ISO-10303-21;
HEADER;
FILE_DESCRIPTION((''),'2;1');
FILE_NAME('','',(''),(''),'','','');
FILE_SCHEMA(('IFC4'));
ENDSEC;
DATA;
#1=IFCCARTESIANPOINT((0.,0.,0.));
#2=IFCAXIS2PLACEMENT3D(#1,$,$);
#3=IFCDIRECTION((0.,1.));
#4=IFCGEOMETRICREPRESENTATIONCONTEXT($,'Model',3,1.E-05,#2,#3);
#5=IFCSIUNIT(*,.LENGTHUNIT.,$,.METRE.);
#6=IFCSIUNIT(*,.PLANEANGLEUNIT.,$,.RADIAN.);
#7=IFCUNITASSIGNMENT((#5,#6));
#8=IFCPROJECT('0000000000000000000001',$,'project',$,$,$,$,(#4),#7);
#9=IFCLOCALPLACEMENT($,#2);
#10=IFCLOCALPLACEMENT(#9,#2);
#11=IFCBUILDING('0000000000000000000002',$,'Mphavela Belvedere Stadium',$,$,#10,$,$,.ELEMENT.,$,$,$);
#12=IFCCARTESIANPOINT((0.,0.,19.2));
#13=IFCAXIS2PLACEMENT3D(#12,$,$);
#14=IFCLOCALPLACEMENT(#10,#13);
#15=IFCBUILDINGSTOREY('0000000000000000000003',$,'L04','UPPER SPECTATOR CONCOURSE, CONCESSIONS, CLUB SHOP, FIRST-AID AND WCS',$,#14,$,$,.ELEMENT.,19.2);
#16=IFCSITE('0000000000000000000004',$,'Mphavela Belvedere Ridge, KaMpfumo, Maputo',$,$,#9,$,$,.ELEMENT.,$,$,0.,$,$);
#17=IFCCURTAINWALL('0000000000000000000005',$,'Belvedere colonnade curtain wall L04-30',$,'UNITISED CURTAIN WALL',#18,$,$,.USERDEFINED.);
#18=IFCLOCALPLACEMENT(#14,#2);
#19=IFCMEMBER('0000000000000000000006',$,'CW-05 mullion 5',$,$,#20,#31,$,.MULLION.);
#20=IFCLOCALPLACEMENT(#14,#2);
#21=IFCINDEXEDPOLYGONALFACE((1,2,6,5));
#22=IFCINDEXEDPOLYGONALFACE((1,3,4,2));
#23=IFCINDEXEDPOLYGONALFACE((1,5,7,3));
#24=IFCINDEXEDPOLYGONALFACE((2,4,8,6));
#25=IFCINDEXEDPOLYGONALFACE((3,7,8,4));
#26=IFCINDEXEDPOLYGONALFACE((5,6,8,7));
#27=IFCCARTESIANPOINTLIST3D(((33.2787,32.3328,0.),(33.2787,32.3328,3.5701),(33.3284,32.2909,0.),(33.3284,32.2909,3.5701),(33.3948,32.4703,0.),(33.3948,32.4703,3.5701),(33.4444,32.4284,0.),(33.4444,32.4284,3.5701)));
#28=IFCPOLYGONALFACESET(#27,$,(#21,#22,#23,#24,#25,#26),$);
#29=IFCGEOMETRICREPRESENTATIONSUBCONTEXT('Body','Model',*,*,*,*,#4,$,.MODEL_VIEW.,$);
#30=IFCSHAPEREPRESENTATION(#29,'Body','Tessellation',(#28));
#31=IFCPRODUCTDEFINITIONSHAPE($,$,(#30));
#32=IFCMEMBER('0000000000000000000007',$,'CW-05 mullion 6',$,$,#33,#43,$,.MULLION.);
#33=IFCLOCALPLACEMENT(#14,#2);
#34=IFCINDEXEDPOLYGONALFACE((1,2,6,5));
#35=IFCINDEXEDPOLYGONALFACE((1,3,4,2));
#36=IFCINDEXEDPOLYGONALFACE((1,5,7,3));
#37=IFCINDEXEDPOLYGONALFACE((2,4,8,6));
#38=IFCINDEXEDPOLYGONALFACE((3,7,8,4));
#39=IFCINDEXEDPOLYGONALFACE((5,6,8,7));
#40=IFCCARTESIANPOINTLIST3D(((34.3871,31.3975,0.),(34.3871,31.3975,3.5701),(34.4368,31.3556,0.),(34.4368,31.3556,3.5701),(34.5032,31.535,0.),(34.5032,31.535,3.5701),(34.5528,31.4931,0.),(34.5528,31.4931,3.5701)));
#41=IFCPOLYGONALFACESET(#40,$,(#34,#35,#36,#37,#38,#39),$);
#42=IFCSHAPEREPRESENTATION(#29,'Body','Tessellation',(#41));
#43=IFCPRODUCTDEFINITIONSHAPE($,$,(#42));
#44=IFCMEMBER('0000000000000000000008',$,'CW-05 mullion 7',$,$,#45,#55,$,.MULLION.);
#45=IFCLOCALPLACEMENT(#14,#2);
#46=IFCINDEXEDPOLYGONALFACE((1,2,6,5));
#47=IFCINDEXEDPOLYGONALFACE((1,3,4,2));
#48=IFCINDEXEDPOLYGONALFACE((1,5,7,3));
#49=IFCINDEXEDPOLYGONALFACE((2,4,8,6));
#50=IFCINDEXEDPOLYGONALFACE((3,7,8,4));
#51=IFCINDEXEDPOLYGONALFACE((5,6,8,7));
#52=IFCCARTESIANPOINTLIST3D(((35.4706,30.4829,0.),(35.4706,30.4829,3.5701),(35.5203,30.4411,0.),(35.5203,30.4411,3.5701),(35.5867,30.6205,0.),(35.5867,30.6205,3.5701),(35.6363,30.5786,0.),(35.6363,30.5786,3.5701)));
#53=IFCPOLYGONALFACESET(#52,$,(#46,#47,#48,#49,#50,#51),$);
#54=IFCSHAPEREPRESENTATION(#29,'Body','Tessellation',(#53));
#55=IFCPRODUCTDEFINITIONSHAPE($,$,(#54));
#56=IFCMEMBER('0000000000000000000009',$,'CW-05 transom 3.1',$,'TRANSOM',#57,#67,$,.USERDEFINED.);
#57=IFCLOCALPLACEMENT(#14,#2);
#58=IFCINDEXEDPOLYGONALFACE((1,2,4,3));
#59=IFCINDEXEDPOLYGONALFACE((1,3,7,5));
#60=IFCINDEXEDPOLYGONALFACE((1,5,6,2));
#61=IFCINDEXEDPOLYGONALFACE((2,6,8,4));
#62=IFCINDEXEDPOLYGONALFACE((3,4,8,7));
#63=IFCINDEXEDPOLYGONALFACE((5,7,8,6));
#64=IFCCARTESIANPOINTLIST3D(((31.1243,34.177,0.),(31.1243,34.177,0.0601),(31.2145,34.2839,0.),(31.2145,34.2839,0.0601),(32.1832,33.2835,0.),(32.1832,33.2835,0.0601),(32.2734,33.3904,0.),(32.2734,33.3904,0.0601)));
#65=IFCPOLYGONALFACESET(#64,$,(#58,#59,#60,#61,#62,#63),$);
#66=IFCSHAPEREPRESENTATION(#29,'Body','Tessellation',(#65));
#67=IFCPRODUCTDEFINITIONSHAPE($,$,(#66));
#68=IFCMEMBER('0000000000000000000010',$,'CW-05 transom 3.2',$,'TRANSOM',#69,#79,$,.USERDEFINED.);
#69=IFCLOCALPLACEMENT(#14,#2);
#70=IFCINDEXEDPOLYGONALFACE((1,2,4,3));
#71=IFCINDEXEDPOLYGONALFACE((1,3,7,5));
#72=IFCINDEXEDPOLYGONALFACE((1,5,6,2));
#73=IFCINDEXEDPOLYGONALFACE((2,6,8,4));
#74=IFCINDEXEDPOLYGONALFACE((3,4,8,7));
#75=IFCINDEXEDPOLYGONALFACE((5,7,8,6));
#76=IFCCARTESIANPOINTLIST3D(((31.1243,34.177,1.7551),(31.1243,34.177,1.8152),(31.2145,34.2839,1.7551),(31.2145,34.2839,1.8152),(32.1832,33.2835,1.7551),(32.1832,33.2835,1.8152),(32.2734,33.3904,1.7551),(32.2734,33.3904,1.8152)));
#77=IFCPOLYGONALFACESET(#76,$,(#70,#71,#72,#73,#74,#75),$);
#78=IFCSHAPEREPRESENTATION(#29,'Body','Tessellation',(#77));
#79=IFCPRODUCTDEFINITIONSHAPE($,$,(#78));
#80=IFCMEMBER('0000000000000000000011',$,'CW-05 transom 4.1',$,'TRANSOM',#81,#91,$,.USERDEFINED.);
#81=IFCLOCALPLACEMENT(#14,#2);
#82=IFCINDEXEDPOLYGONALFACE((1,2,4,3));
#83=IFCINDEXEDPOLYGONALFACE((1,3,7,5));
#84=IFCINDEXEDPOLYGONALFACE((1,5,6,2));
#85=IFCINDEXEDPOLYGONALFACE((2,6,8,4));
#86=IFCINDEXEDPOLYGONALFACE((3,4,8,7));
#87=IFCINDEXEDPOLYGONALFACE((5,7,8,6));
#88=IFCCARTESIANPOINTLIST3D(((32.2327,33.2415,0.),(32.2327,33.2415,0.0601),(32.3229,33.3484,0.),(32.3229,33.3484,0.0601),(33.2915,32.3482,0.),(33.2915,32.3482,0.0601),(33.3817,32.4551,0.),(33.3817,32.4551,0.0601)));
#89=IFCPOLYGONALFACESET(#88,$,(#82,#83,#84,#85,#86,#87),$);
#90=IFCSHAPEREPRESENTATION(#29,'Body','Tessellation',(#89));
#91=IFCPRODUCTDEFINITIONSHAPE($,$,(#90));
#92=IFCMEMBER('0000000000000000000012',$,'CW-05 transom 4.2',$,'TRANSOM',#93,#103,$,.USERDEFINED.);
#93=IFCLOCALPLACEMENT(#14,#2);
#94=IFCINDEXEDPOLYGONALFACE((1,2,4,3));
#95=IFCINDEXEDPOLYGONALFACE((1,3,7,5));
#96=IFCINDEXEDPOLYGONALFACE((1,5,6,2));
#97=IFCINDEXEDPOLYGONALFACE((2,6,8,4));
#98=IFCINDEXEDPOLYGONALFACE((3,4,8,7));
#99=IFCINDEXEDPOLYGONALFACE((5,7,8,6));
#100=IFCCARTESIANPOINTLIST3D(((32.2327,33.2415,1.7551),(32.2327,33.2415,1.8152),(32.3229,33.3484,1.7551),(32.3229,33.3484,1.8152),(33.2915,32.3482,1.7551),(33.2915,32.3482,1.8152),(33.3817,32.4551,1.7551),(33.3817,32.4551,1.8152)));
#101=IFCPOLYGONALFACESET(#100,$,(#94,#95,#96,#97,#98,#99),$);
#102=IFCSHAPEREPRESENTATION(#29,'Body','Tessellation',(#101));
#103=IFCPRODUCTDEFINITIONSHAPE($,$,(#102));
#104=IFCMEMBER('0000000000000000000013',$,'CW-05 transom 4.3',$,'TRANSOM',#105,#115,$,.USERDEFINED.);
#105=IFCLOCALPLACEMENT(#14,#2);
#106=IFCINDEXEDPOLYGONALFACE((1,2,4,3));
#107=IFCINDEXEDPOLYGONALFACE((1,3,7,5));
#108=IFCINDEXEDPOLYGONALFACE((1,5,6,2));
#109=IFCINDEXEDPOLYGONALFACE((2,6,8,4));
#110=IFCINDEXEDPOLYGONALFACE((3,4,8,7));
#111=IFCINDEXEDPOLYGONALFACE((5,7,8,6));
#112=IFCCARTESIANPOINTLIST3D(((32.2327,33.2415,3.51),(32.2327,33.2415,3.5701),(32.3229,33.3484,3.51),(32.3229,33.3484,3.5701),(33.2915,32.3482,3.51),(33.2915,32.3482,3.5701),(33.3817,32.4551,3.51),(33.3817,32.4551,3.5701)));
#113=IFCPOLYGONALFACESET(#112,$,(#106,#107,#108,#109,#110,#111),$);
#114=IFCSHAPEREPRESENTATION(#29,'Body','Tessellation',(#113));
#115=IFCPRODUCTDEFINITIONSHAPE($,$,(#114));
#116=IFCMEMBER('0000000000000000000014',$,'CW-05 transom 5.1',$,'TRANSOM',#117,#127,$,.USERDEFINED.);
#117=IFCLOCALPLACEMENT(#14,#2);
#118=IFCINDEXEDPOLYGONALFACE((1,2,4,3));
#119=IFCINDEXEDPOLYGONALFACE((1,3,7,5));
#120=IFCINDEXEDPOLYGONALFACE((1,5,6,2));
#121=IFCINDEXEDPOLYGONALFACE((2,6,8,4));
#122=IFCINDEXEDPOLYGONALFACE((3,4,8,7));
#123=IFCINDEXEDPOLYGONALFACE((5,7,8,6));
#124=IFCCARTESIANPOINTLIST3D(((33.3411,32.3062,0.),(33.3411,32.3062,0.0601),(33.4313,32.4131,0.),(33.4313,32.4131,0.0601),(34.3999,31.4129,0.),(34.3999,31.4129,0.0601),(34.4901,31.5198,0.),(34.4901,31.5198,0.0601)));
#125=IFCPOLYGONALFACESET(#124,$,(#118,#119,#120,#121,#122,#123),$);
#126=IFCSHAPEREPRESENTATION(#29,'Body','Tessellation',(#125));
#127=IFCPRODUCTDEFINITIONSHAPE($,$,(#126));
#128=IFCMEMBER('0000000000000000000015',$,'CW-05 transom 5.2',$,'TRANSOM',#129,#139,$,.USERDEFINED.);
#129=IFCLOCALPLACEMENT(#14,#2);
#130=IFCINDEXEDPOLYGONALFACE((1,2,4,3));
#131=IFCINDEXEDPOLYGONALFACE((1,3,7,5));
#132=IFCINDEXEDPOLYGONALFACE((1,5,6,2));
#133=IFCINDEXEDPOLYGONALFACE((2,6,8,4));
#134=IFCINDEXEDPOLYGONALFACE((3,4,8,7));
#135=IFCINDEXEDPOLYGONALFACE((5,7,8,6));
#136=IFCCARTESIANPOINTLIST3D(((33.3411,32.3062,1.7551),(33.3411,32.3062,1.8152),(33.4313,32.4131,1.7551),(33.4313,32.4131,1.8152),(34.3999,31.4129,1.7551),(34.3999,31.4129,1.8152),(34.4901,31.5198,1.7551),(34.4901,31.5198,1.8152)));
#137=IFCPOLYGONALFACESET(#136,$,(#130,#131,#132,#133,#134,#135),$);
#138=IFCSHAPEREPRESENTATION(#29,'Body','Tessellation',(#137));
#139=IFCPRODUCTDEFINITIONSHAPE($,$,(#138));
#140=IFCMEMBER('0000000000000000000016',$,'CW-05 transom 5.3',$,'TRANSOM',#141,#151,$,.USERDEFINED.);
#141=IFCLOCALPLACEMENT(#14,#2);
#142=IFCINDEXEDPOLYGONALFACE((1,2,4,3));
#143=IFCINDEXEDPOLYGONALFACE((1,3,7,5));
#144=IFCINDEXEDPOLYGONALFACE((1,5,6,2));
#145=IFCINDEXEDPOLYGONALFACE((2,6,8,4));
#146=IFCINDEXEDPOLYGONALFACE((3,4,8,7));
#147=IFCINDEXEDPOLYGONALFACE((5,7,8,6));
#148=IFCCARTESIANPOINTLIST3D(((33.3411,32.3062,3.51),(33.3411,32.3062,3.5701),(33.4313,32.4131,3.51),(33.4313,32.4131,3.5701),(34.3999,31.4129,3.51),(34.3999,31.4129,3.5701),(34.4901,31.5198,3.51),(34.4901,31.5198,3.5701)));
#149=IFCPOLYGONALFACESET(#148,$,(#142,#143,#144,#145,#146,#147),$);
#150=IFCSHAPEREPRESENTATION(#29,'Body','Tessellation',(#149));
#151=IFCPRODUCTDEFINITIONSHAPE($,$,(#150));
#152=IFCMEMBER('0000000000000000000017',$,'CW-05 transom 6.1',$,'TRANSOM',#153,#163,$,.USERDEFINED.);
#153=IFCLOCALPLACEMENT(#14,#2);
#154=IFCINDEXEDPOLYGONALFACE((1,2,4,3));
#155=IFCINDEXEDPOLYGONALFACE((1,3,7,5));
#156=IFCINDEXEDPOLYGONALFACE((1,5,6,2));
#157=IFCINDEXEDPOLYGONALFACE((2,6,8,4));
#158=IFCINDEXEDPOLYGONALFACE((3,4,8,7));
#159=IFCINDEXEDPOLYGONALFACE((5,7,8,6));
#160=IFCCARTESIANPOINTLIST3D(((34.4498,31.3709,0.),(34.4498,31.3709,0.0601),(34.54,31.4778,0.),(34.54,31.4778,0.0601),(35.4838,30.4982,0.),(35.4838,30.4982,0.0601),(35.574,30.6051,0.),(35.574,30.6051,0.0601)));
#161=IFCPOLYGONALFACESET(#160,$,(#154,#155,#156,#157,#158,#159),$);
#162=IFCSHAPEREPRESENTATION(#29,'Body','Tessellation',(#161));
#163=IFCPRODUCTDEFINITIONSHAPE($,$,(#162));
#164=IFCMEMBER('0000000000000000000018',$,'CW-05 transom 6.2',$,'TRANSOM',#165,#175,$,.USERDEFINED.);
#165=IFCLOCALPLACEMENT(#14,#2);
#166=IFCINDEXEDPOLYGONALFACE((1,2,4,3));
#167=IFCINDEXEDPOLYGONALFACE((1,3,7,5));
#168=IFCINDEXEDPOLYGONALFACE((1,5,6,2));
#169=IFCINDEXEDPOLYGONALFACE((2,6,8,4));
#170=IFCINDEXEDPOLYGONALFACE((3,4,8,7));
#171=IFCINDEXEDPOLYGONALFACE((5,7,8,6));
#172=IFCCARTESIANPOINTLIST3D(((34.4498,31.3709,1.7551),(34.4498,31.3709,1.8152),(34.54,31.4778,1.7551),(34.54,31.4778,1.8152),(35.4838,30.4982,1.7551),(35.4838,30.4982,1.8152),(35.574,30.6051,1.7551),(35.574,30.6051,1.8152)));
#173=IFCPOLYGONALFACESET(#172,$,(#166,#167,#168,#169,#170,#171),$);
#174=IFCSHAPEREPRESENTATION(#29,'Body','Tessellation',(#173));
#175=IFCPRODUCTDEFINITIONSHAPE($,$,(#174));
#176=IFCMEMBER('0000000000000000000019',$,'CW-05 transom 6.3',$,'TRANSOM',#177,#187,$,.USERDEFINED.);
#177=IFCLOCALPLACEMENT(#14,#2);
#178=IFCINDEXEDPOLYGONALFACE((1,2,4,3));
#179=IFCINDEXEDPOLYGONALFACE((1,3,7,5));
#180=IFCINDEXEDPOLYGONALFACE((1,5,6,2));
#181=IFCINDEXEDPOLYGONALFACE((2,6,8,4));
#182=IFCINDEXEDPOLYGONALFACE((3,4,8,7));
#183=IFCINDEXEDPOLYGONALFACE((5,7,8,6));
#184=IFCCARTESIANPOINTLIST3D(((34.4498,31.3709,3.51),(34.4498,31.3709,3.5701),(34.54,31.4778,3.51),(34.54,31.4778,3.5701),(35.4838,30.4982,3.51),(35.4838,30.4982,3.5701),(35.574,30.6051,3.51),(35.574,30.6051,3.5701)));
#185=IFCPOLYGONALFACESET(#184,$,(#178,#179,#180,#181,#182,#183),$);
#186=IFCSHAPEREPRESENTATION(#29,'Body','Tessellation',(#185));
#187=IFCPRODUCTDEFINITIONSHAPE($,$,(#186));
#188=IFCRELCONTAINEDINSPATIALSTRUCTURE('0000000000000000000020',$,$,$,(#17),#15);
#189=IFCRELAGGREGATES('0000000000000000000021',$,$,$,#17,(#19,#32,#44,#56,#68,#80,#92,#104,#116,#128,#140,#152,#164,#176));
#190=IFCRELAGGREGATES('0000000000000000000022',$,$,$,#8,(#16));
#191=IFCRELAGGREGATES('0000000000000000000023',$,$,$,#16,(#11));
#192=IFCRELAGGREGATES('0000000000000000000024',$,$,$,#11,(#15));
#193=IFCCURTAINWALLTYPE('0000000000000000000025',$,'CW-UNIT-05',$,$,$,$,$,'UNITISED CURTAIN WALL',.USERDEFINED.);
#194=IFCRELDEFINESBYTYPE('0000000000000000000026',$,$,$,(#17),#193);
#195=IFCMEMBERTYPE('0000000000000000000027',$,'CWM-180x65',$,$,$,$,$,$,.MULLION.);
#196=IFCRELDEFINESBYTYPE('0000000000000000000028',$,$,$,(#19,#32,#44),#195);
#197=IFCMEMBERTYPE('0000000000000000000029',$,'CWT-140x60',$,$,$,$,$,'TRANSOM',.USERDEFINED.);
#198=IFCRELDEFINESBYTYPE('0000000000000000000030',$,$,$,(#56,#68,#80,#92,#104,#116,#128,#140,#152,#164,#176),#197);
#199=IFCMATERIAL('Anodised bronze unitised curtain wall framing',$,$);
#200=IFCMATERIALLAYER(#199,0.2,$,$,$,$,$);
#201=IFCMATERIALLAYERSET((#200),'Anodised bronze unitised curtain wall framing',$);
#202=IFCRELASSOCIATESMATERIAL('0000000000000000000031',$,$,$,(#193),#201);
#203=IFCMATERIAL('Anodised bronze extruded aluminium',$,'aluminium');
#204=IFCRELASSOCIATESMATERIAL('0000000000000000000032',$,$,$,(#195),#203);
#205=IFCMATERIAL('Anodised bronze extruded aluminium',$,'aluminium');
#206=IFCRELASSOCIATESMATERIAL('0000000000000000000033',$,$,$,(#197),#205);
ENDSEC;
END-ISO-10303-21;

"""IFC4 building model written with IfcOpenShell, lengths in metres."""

from ifc_helpers import new_model, si_unit, direction, frame, origin, origin_2d, place, context, subcontext, project, spatial, rectangle, extrude, material, layer, layer_set, material_profile, profile_set, type_object, element, aggregate, save


model = new_model("IFC4")

# Units and contexts
model_context = context("Model", 3, precision=1e-05, world=origin(), true_north=direction((0.0, 1.0)))
body_context = subcontext(model_context, "Body", "Model", "MODEL_VIEW")
ifc_project = project(units=[si_unit("LENGTHUNIT", "METRE"), si_unit("PLANEANGLEUNIT", "RADIAN")], contexts=[model_context])

# Site, building, storey
site_placement = place(None, origin())
site = spatial("IfcSite", under=ifc_project, at=site_placement, Name="Mphavela Belvedere Ridge, KaMpfumo, Maputo", CompositionType="ELEMENT", RefElevation=0.0)
building_placement = place(site_placement, origin())
building = spatial("IfcBuilding", under=site, at=building_placement, Name="Mphavela Belvedere Stadium", CompositionType="ELEMENT")
storey_placement = place(building_placement, frame((0.0, 0.0, 19.2)))
storey = spatial("IfcBuildingStorey", under=building, at=storey_placement, Name="L04", Description="UPPER SPECTATOR CONCOURSE, CONCESSIONS, CLUB SHOP, FIRST-AID AND WCS", CompositionType="ELEMENT", Elevation=19.2)

# Curtain wall, members
ifc_material_1 = material(Name="Anodised bronze unitised curtain wall framing")
ifc_layer_1 = layer(ifc_material_1, 0.2)
ifc_layer_set_1 = layer_set([ifc_layer_1], Name="Anodised bronze unitised curtain wall framing")
curtain_wall_type = type_object("IfcCurtainWallType", Name="CW-UNIT-05", ElementType="UNITISED CURTAIN WALL", PredefinedType="USERDEFINED", material=ifc_layer_set_1)
curtain_wall_placement = place(storey_placement, origin())
curtain_wall = element("IfcCurtainWall", 1, at=curtain_wall_placement, inside=storey, type_object=curtain_wall_type, Name="Belvedere colonnade curtain wall L04-30", ObjectType="UNITISED CURTAIN WALL", PredefinedType="USERDEFINED")
ifc_material_2 = material(Name="Anodised bronze extruded aluminium", Category="aluminium")
ifc_material_profile_1 = material_profile(ifc_material_2, rectangle(XDim=0.1799, YDim=0.0649, at=origin_2d()), Name="CW-MUL 180x65")
ifc_profile_set_1 = profile_set([ifc_material_profile_1], Name="Anodised bronze extruded aluminium")
member_type_1 = type_object("IfcMemberType", Name="CWM-180x65", PredefinedType="MULLION", material=ifc_profile_set_1)
member_1_placement = place(storey_placement, frame((33.3616, 32.3806, 0.0), z_axis=(0.0, 0.0, 1.0), x_axis=(0.644916, 0.764253, 0.0)))
member_1 = element("IfcMember", 2, at=member_1_placement, type_object=member_type_1, Name="CW-05 mullion 5", PredefinedType="MULLION", context=body_context, shape_type="SweptSolid", body=[
    extrude(rectangle(XDim=0.1799, YDim=0.0649, at=origin_2d()), origin(), (0.0, 0.0, 1.0), 3.5701),
])
member_2_placement = place(storey_placement, frame((34.47, 31.4453, 0.0), z_axis=(0.0, 0.0, 1.0), x_axis=(0.644916, 0.764253, 0.0)))
member_2 = element("IfcMember", 3, at=member_2_placement, type_object=member_type_1, Name="CW-05 mullion 6", PredefinedType="MULLION", context=body_context, shape_type="SweptSolid", body=[
    extrude(rectangle(XDim=0.1799, YDim=0.0649, at=origin_2d()), origin(), (0.0, 0.0, 1.0), 3.5701),
])
member_3_placement = place(storey_placement, frame((35.5535, 30.5308, 0.0), z_axis=(0.0, 0.0, 1.0), x_axis=(0.644916, 0.764253, 0.0)))
member_3 = element("IfcMember", 4, at=member_3_placement, type_object=member_type_1, Name="CW-05 mullion 7", PredefinedType="MULLION", context=body_context, shape_type="SweptSolid", body=[
    extrude(rectangle(XDim=0.1799, YDim=0.0649, at=origin_2d()), origin(), (0.0, 0.0, 1.0), 3.5701),
])
ifc_material_3 = material(Name="Anodised bronze extruded aluminium", Category="aluminium")
ifc_material_profile_2 = material_profile(ifc_material_3, rectangle(XDim=0.1399, YDim=0.0601, at=origin_2d()), Name="CW-TRN 140x60")
ifc_profile_set_2 = profile_set([ifc_material_profile_2], Name="Anodised bronze extruded aluminium")
member_type_2 = type_object("IfcMemberType", Name="CWT-140x60", ElementType="TRANSOM", PredefinedType="USERDEFINED", material=ifc_profile_set_2)
member_4_placement = place(storey_placement, frame((31.1694, 34.2305, 0.03), z_axis=(0.764234, -0.644938, 0.0), x_axis=(0.644938, 0.764234, 0.0)))
member_4 = element("IfcMember", 5, at=member_4_placement, type_object=member_type_2, Name="CW-05 transom 3.1", ObjectType="TRANSOM", PredefinedType="USERDEFINED", context=body_context, shape_type="SweptSolid", body=[
    extrude(rectangle(XDim=0.1399, YDim=0.0601, at=origin_2d()), origin(), (0.0, 0.0, 1.0), 1.3855),
])
member_5_placement = place(storey_placement, frame((31.1694, 34.2305, 1.7852), z_axis=(0.764234, -0.644938, 0.0), x_axis=(0.644938, 0.764234, 0.0)))
member_5 = element("IfcMember", 6, at=member_5_placement, type_object=member_type_2, Name="CW-05 transom 3.2", ObjectType="TRANSOM", PredefinedType="USERDEFINED", context=body_context, shape_type="SweptSolid", body=[
    extrude(rectangle(XDim=0.1399, YDim=0.0601, at=origin_2d()), origin(), (0.0, 0.0, 1.0), 1.3855),
])
member_6_placement = place(storey_placement, frame((32.2778, 33.2949, 0.03), z_axis=(0.764321, -0.644836, 0.0), x_axis=(0.644836, 0.764321, 0.0)))
member_6 = element("IfcMember", 7, at=member_6_placement, type_object=member_type_2, Name="CW-05 transom 4.1", ObjectType="TRANSOM", PredefinedType="USERDEFINED", context=body_context, shape_type="SweptSolid", body=[
    extrude(rectangle(XDim=0.1399, YDim=0.0601, at=origin_2d()), origin(), (0.0, 0.0, 1.0), 1.3853),
])
member_7_placement = place(storey_placement, frame((32.2778, 33.2949, 1.7852), z_axis=(0.764321, -0.644836, 0.0), x_axis=(0.644836, 0.764321, 0.0)))
member_7 = element("IfcMember", 8, at=member_7_placement, type_object=member_type_2, Name="CW-05 transom 4.2", ObjectType="TRANSOM", PredefinedType="USERDEFINED", context=body_context, shape_type="SweptSolid", body=[
    extrude(rectangle(XDim=0.1399, YDim=0.0601, at=origin_2d()), origin(), (0.0, 0.0, 1.0), 1.3853),
])
member_8_placement = place(storey_placement, frame((32.2778, 33.2949, 3.54), z_axis=(0.764321, -0.644836, 0.0), x_axis=(0.644836, 0.764321, 0.0)))
member_8 = element("IfcMember", 9, at=member_8_placement, type_object=member_type_2, Name="CW-05 transom 4.3", ObjectType="TRANSOM", PredefinedType="USERDEFINED", context=body_context, shape_type="SweptSolid", body=[
    extrude(rectangle(XDim=0.1399, YDim=0.0601, at=origin_2d()), origin(), (0.0, 0.0, 1.0), 1.3853),
])
member_9_placement = place(storey_placement, frame((33.3862, 32.3596, 0.03), z_axis=(0.764321, -0.644836, 0.0), x_axis=(0.644836, 0.764321, 0.0)))
member_9 = element("IfcMember", 10, at=member_9_placement, type_object=member_type_2, Name="CW-05 transom 5.1", ObjectType="TRANSOM", PredefinedType="USERDEFINED", context=body_context, shape_type="SweptSolid", body=[
    extrude(rectangle(XDim=0.1399, YDim=0.0601, at=origin_2d()), origin(), (0.0, 0.0, 1.0), 1.3853),
])
member_10_placement = place(storey_placement, frame((33.3862, 32.3596, 1.7852), z_axis=(0.764321, -0.644836, 0.0), x_axis=(0.644836, 0.764321, 0.0)))
member_10 = element("IfcMember", 11, at=member_10_placement, type_object=member_type_2, Name="CW-05 transom 5.2", ObjectType="TRANSOM", PredefinedType="USERDEFINED", context=body_context, shape_type="SweptSolid", body=[
    extrude(rectangle(XDim=0.1399, YDim=0.0601, at=origin_2d()), origin(), (0.0, 0.0, 1.0), 1.3853),
])
member_11_placement = place(storey_placement, frame((33.3862, 32.3596, 3.54), z_axis=(0.764321, -0.644836, 0.0), x_axis=(0.644836, 0.764321, 0.0)))
member_11 = element("IfcMember", 12, at=member_11_placement, type_object=member_type_2, Name="CW-05 transom 5.3", ObjectType="TRANSOM", PredefinedType="USERDEFINED", context=body_context, shape_type="SweptSolid", body=[
    extrude(rectangle(XDim=0.1399, YDim=0.0601, at=origin_2d()), origin(), (0.0, 0.0, 1.0), 1.3853),
])
member_12_placement = place(storey_placement, frame((34.4949, 31.4243, 0.03), z_axis=(0.764228, -0.644947, 0.0), x_axis=(0.644947, 0.764228, 0.0)))
member_12 = element("IfcMember", 13, at=member_12_placement, type_object=member_type_2, Name="CW-05 transom 6.1", ObjectType="TRANSOM", PredefinedType="USERDEFINED", context=body_context, shape_type="SweptSolid", body=[
    extrude(rectangle(XDim=0.1399, YDim=0.0601, at=origin_2d()), origin(), (0.0, 0.0, 1.0), 1.353),
])
member_13_placement = place(storey_placement, frame((34.4949, 31.4243, 1.7852), z_axis=(0.764228, -0.644947, 0.0), x_axis=(0.644947, 0.764228, 0.0)))
member_13 = element("IfcMember", 14, at=member_13_placement, type_object=member_type_2, Name="CW-05 transom 6.2", ObjectType="TRANSOM", PredefinedType="USERDEFINED", context=body_context, shape_type="SweptSolid", body=[
    extrude(rectangle(XDim=0.1399, YDim=0.0601, at=origin_2d()), origin(), (0.0, 0.0, 1.0), 1.353),
])
member_14_placement = place(storey_placement, frame((34.4949, 31.4243, 3.54), z_axis=(0.764228, -0.644947, 0.0), x_axis=(0.644947, 0.764228, 0.0)))
member_14 = element("IfcMember", 15, at=member_14_placement, type_object=member_type_2, Name="CW-05 transom 6.3", ObjectType="TRANSOM", PredefinedType="USERDEFINED", context=body_context, shape_type="SweptSolid", body=[
    extrude(rectangle(XDim=0.1399, YDim=0.0601, at=origin_2d()), origin(), (0.0, 0.0, 1.0), 1.353),
])
aggregate(curtain_wall, [member_1, member_2, member_3, member_4, member_5, member_6, member_7, member_8, member_9, member_10, member_11, member_12, member_13, member_14])

save(model, "model.ifc")
